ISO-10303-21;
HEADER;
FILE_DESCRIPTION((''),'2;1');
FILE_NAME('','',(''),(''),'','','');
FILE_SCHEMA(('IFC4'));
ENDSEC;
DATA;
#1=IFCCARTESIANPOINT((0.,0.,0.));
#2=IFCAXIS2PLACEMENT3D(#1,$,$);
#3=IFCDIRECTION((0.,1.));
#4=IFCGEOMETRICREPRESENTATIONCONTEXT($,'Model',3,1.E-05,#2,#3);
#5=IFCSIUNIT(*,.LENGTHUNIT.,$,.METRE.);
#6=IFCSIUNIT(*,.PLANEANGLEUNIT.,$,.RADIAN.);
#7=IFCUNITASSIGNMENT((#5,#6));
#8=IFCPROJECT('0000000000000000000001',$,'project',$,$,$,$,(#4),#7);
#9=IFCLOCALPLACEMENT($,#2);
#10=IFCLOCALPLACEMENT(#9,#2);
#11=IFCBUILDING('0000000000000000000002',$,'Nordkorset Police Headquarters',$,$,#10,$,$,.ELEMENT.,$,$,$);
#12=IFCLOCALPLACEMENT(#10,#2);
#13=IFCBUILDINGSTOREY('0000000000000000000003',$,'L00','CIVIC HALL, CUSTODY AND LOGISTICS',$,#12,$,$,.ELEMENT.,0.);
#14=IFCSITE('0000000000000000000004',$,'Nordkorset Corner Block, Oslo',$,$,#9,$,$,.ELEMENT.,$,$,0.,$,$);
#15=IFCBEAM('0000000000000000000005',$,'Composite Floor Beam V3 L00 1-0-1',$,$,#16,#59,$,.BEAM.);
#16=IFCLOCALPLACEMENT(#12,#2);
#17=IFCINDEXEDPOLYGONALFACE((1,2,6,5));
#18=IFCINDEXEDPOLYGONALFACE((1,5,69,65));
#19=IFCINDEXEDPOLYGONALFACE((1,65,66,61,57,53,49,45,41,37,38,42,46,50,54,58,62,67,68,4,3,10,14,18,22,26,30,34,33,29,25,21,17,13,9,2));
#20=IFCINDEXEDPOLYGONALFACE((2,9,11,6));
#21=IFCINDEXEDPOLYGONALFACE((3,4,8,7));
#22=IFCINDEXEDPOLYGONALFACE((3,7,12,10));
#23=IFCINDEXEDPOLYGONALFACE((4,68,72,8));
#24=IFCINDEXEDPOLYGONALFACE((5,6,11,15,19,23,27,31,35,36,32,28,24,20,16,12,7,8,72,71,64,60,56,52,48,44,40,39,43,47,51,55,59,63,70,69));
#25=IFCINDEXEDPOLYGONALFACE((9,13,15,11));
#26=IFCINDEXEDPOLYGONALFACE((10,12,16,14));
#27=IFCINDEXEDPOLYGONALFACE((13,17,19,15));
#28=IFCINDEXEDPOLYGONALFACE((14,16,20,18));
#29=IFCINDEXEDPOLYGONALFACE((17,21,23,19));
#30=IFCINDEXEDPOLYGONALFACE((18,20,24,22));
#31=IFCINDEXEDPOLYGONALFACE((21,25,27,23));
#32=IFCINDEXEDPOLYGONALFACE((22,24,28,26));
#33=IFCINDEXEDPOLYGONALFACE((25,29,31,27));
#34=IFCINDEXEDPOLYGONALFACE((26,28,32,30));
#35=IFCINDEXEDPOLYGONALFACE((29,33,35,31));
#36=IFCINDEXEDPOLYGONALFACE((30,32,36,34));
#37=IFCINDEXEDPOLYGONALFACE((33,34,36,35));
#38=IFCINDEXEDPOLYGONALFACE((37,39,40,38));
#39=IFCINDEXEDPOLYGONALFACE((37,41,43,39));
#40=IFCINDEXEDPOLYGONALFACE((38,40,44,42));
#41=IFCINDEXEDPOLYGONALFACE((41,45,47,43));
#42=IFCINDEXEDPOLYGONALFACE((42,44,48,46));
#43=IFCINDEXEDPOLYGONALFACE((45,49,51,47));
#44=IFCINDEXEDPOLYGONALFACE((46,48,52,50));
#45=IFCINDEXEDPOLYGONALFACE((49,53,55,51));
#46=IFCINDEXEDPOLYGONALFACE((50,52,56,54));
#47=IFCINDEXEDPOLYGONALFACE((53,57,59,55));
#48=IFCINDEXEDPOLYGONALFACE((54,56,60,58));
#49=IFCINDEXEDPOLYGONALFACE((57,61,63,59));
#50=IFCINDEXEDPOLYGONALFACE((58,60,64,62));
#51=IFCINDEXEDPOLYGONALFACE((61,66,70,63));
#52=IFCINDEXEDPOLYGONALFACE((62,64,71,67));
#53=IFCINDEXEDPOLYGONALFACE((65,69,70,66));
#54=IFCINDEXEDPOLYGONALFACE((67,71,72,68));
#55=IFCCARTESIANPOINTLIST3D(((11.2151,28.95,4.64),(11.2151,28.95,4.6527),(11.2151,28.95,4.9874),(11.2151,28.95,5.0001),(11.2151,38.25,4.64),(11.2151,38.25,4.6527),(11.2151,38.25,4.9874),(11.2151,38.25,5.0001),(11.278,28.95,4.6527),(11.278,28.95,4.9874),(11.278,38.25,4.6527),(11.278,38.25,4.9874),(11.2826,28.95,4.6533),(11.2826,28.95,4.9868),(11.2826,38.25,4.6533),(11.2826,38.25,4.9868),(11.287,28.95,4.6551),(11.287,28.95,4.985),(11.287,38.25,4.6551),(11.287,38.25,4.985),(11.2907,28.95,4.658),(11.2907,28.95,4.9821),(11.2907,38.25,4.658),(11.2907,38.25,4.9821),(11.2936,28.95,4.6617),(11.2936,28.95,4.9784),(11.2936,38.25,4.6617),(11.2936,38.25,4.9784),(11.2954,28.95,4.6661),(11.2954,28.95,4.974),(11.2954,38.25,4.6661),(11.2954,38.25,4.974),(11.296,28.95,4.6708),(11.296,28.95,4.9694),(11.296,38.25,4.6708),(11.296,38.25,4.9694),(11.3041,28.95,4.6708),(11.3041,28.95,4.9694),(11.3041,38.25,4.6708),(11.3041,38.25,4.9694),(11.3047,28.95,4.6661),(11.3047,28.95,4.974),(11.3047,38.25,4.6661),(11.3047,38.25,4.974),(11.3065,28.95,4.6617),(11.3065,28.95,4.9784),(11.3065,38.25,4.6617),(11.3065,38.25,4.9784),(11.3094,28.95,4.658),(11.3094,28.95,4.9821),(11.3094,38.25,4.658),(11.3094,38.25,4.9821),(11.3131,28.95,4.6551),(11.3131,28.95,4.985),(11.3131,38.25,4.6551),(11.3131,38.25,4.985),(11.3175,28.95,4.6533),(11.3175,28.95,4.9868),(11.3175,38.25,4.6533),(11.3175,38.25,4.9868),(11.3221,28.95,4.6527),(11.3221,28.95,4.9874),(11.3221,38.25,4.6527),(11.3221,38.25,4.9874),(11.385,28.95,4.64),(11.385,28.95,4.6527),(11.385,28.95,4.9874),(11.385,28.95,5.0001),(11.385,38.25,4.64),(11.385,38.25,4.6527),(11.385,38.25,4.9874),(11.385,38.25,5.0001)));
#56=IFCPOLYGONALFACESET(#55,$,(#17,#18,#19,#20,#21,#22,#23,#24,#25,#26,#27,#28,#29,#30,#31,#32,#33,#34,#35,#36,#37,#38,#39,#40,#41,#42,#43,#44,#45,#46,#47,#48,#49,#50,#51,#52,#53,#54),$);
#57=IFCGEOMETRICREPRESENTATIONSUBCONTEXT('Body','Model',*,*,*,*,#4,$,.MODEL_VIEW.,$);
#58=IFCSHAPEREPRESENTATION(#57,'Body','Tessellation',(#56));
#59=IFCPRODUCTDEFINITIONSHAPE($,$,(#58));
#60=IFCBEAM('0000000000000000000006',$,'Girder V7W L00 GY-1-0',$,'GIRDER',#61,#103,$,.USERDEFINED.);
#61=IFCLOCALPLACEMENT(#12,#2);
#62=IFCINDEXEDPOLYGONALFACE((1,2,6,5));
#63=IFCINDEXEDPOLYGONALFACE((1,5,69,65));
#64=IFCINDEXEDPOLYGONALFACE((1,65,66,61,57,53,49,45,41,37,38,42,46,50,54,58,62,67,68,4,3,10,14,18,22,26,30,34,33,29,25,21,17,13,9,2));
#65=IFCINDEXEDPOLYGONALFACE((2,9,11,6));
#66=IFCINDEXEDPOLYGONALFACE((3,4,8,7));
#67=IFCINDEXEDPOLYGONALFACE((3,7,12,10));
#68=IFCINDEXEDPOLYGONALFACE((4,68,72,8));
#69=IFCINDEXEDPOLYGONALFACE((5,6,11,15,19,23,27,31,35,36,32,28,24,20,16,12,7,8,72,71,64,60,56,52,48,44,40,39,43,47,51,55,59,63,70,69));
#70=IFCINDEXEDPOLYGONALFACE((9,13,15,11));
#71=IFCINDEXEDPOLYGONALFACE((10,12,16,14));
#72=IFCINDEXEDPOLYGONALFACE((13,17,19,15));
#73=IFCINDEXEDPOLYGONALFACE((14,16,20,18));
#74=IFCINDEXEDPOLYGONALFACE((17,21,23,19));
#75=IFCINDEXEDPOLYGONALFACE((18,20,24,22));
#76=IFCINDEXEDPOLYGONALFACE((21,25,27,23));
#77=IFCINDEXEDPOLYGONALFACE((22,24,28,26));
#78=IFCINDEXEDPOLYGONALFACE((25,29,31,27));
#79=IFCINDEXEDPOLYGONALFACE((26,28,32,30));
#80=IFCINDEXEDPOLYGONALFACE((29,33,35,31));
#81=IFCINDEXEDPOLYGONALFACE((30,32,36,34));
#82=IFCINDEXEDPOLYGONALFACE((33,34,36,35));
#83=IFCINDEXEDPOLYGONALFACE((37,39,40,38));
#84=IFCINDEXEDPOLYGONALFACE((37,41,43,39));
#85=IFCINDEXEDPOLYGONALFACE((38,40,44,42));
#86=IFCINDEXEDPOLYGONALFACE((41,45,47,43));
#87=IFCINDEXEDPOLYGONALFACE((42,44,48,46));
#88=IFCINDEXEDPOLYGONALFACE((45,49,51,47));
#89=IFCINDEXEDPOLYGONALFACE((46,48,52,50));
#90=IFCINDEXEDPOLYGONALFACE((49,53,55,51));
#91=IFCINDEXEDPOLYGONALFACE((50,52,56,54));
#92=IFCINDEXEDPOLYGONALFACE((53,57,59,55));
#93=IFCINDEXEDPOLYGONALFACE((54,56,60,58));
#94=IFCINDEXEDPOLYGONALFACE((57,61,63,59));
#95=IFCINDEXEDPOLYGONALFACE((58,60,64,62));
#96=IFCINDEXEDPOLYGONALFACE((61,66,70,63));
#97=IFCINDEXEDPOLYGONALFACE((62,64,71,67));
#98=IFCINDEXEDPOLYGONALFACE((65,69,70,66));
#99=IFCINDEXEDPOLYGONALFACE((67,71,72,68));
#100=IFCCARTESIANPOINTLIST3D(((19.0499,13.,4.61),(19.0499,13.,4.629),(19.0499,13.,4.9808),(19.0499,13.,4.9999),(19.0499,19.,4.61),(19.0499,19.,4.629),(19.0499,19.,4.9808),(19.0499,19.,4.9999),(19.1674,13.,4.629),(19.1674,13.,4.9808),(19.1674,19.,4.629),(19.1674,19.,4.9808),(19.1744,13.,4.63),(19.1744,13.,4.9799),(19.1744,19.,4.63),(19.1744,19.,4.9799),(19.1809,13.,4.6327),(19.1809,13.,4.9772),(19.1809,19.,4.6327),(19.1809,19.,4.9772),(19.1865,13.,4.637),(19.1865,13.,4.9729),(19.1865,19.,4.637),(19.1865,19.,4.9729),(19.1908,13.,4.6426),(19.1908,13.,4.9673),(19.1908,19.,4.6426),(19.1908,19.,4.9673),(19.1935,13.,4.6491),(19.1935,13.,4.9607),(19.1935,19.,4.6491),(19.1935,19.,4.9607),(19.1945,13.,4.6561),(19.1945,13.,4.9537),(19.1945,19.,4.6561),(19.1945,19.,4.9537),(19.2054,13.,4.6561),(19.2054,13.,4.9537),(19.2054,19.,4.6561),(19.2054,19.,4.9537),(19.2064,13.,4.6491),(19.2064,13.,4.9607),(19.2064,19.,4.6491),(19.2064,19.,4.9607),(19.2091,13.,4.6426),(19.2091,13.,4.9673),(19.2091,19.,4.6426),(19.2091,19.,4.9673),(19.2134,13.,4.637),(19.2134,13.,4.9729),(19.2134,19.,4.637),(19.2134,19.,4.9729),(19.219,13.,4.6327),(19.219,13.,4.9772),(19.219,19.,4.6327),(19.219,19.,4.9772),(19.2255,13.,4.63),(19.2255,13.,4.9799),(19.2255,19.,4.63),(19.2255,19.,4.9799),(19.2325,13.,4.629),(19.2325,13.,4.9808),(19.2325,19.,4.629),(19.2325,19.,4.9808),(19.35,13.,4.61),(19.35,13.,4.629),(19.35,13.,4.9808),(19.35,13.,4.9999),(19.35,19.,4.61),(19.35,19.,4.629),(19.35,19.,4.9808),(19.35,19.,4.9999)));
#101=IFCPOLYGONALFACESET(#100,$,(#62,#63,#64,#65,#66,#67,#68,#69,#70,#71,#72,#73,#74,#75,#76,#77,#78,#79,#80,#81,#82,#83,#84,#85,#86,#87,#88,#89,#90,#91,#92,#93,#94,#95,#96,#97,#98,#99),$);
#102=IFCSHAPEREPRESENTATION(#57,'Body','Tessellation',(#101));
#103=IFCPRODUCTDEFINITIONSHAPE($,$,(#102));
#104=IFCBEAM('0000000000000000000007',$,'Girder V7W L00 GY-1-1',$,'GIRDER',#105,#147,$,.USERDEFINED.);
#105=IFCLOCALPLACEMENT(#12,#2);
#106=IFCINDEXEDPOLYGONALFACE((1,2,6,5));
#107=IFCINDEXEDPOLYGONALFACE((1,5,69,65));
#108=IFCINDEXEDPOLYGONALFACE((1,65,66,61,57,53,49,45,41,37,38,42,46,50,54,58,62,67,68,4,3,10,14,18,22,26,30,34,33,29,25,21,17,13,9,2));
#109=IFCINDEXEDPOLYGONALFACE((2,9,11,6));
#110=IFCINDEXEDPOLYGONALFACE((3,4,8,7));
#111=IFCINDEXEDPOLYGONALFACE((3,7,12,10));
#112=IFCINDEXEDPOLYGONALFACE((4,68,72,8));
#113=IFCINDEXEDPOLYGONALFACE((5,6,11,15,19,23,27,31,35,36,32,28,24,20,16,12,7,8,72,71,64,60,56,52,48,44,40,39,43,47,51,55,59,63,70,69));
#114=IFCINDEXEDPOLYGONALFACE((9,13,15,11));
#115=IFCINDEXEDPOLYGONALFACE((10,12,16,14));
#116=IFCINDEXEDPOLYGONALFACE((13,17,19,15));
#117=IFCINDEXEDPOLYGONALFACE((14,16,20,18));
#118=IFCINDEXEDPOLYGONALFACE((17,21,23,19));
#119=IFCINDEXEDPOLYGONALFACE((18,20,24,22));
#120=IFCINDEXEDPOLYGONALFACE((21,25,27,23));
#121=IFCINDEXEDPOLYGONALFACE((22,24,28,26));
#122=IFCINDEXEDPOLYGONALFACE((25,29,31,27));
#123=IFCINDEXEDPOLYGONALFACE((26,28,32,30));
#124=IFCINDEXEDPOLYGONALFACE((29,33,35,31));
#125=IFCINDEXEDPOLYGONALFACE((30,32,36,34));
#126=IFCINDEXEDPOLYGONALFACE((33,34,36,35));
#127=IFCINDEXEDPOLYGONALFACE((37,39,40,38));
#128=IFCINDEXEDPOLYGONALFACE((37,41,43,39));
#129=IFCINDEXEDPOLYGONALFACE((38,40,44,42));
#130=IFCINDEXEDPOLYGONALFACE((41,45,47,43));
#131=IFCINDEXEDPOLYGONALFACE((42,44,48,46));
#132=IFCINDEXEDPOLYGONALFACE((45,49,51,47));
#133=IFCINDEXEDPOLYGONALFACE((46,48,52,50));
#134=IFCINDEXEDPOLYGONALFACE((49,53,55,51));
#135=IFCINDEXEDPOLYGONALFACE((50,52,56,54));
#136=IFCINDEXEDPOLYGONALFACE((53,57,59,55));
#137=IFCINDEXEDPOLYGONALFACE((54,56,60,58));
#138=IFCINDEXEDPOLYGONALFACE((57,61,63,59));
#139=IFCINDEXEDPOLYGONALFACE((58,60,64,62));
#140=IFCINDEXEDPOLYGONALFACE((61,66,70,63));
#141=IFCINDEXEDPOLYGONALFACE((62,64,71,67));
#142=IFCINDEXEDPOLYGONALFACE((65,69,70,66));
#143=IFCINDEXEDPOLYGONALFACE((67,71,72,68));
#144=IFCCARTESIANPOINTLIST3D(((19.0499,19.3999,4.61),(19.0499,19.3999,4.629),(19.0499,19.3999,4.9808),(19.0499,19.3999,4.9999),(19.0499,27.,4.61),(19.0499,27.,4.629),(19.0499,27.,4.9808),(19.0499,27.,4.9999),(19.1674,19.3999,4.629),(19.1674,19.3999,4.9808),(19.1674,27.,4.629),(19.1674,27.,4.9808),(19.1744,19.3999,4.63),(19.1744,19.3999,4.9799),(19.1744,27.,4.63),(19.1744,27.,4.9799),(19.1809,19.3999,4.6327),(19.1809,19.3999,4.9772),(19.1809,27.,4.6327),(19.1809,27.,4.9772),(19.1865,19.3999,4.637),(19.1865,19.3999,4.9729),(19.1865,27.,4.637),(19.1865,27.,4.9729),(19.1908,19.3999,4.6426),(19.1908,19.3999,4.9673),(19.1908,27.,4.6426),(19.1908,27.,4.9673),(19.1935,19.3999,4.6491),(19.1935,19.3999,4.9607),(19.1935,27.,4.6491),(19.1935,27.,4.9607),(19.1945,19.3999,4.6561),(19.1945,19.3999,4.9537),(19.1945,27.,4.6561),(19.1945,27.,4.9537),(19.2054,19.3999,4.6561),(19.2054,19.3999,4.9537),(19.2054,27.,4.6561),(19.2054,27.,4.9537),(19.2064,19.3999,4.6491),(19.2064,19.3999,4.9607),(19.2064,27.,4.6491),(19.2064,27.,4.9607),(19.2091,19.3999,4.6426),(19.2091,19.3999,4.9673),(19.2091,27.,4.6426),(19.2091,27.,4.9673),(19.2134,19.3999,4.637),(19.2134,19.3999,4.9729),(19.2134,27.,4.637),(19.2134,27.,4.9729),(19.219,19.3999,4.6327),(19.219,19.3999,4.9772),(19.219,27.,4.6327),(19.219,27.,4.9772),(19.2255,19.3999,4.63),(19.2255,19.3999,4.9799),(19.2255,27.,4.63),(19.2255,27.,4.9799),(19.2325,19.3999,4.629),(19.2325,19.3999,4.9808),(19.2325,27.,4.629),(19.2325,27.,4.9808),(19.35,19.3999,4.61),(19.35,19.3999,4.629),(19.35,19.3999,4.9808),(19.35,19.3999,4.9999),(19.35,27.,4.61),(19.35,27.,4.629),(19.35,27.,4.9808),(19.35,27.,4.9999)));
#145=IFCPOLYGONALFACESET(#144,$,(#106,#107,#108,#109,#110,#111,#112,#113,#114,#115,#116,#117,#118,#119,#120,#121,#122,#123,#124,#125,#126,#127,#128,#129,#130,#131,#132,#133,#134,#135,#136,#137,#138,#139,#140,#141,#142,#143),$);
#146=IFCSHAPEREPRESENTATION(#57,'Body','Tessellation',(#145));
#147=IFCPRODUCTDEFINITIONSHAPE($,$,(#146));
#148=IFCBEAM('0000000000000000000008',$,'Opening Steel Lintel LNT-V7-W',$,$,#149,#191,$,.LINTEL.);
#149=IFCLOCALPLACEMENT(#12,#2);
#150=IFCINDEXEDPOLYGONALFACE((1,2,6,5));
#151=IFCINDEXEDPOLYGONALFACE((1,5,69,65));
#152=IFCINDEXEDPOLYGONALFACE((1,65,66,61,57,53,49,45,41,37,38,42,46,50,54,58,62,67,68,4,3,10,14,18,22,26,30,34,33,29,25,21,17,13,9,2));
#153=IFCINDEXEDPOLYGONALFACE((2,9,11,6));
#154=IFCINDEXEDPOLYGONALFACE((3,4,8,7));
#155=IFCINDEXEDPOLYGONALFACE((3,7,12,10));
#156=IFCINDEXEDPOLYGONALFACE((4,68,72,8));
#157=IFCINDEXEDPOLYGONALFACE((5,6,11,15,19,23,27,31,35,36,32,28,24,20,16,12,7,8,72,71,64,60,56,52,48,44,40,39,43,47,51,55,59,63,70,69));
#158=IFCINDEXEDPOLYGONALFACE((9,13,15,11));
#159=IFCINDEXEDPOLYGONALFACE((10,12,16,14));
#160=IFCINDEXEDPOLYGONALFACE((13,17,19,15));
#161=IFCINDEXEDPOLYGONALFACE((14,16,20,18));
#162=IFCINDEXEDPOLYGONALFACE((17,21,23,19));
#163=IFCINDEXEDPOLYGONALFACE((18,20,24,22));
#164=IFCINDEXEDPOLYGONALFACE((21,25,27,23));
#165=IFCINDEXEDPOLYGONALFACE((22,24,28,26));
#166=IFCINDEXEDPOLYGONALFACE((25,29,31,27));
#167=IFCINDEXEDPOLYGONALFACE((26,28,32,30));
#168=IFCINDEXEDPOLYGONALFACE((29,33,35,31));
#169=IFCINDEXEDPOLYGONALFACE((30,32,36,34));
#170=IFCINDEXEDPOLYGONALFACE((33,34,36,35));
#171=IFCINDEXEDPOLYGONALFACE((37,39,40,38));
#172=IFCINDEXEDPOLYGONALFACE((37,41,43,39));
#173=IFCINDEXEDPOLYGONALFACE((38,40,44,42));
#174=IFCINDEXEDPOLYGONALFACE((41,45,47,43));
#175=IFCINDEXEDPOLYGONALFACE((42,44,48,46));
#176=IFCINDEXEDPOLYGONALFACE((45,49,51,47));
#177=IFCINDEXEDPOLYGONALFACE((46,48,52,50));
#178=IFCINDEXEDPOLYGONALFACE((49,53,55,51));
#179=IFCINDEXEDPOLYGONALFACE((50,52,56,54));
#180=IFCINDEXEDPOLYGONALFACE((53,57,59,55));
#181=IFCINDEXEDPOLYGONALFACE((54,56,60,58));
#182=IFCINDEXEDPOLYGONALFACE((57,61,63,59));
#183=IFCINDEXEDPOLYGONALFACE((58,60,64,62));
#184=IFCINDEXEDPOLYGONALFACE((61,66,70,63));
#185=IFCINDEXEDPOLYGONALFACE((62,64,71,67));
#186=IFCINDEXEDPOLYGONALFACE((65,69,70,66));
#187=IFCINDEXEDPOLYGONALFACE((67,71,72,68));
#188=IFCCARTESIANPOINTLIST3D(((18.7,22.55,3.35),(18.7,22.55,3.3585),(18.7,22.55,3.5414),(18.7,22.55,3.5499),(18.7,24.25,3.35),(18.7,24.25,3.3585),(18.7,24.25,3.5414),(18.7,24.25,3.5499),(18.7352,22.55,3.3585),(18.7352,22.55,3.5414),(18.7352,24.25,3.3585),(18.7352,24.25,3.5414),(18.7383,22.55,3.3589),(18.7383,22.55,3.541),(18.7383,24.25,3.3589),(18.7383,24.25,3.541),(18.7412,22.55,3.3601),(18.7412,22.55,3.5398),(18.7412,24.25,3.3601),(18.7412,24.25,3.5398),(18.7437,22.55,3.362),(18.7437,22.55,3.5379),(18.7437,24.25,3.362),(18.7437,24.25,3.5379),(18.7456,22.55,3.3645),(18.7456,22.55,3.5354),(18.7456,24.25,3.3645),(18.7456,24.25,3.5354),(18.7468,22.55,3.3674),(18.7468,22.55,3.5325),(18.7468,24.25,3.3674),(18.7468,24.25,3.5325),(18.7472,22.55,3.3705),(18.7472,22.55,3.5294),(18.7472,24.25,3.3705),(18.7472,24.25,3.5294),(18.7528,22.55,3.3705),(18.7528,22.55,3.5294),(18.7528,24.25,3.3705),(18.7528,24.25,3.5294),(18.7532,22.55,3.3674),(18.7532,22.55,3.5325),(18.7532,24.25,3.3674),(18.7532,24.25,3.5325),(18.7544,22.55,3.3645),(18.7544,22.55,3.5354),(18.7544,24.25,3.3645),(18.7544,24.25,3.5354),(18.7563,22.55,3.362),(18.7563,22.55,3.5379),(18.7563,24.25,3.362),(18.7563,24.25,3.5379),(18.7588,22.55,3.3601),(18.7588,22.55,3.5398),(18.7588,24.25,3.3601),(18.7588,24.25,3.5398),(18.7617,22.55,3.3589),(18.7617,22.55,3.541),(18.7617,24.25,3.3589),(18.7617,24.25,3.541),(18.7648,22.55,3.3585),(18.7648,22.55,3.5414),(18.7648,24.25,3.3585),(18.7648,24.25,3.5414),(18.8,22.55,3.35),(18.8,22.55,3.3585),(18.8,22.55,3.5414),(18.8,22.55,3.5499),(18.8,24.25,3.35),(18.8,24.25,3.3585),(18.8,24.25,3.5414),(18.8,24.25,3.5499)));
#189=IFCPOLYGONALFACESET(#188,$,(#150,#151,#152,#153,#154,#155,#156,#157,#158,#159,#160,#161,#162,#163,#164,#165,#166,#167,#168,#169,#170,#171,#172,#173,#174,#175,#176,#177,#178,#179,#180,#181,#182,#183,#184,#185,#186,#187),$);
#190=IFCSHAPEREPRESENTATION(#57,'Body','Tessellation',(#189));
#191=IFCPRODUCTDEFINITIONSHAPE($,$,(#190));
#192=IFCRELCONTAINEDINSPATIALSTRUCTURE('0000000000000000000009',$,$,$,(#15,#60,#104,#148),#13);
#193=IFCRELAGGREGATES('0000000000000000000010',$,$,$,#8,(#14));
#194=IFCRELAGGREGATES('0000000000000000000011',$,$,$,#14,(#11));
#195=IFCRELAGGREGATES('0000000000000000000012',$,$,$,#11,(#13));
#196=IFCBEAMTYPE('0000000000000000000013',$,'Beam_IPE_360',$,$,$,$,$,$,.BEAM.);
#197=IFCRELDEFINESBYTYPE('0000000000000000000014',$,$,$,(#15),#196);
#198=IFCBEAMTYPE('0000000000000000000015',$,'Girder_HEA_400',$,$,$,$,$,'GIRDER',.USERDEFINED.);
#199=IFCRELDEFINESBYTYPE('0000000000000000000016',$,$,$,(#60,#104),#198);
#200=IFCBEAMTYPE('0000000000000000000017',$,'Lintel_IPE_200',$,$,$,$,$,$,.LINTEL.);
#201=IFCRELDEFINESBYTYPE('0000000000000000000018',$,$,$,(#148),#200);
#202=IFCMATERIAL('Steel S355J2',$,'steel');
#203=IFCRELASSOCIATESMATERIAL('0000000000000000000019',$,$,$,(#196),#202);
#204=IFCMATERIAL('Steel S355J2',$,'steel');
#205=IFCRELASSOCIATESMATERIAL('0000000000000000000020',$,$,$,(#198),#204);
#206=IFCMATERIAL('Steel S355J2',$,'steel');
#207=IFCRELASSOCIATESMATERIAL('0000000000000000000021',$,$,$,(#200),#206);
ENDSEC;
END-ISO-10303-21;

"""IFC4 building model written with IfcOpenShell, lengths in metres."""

from ifc_helpers import new_model, si_unit, direction, frame, origin, origin_2d, place, context, subcontext, project, spatial, i_section, extrude, material, material_profile, profile_set, type_object, element, save


model = new_model("IFC4")

# Units and contexts
model_context = context("Model", 3, precision=1e-05, world=origin(), true_north=direction((0.0, 1.0)))
body_context = subcontext(model_context, "Body", "Model", "MODEL_VIEW")
ifc_project = project(units=[si_unit("LENGTHUNIT", "METRE"), si_unit("PLANEANGLEUNIT", "RADIAN")], contexts=[model_context])

# Site, building, storey
site_placement = place(None, origin())
site = spatial("IfcSite", under=ifc_project, at=site_placement, Name="Nordkorset Corner Block, Oslo", CompositionType="ELEMENT", RefElevation=0.0)
building_placement = place(site_placement, origin())
building = spatial("IfcBuilding", under=site, at=building_placement, Name="Nordkorset Police Headquarters", CompositionType="ELEMENT")
storey_placement = place(building_placement, origin())
storey = spatial("IfcBuildingStorey", under=building, at=storey_placement, Name="L00", Description="CIVIC HALL, CUSTODY AND LOGISTICS", CompositionType="ELEMENT", Elevation=0.0)

# Beams
ifc_material_1 = material(Name="Steel S355J2", Category="steel")
ifc_material_profile_1 = material_profile(ifc_material_1, i_section(OverallWidth=0.1699, OverallDepth=0.3601, WebThickness=0.0081, FlangeThickness=0.0127, FilletRadius=0.0181, at=origin_2d()), Name="IPE 360")
ifc_profile_set_1 = profile_set([ifc_material_profile_1], Name="Steel S355J2")
beam_type_1 = type_object("IfcBeamType", Name="Beam_IPE_360", PredefinedType="BEAM", material=ifc_profile_set_1)
beam_1_placement = place(storey_placement, frame((11.3, 28.95, 4.8201), z_axis=(0.0, 1.0, 0.0), x_axis=(-1.0, 0.0, 0.0)))
element("IfcBeam", 1, at=beam_1_placement, inside=storey, type_object=beam_type_1, Name="Composite Floor Beam V3 L00 1-0-1", PredefinedType="BEAM", context=body_context, shape_type="SweptSolid", body=[
    extrude(i_section(OverallWidth=0.1699, OverallDepth=0.3601, WebThickness=0.0081, FlangeThickness=0.0127, FilletRadius=0.0181, at=origin_2d()), origin(), (0.0, 0.0, 1.0), 9.3),
])
ifc_material_2 = material(Name="Steel S355J2", Category="steel")
ifc_material_profile_2 = material_profile(ifc_material_2, i_section(OverallWidth=0.3, OverallDepth=0.3899, WebThickness=0.011, FlangeThickness=0.019, FilletRadius=0.0271, at=origin_2d()), Name="HEA 400")
ifc_profile_set_2 = profile_set([ifc_material_profile_2], Name="Steel S355J2")
beam_type_2 = type_object("IfcBeamType", Name="Girder_HEA_400", ElementType="GIRDER", PredefinedType="USERDEFINED", material=ifc_profile_set_2)
beam_2_placement = place(storey_placement, frame((19.2, 13.0, 4.8049), z_axis=(0.0, 1.0, 0.0), x_axis=(-1.0, 0.0, 0.0)))
element("IfcBeam", 2, at=beam_2_placement, inside=storey, type_object=beam_type_2, Name="Girder V7W L00 GY-1-0", ObjectType="GIRDER", PredefinedType="USERDEFINED", context=body_context, shape_type="SweptSolid", body=[
    extrude(i_section(OverallWidth=0.3, OverallDepth=0.3899, WebThickness=0.011, FlangeThickness=0.019, FilletRadius=0.0271, at=origin_2d()), origin(), (0.0, 0.0, 1.0), 6.0),
])
beam_3_placement = place(storey_placement, frame((19.2, 19.3999, 4.8049), z_axis=(0.0, 1.0, 0.0), x_axis=(-1.0, 0.0, 0.0)))
element("IfcBeam", 3, at=beam_3_placement, inside=storey, type_object=beam_type_2, Name="Girder V7W L00 GY-1-1", ObjectType="GIRDER", PredefinedType="USERDEFINED", context=body_context, shape_type="SweptSolid", body=[
    extrude(i_section(OverallWidth=0.3, OverallDepth=0.3899, WebThickness=0.011, FlangeThickness=0.019, FilletRadius=0.0271, at=origin_2d()), origin(), (0.0, 0.0, 1.0), 7.6001),
])
ifc_material_3 = material(Name="Steel S355J2", Category="steel")
ifc_material_profile_3 = material_profile(ifc_material_3, i_section(OverallWidth=0.1001, OverallDepth=0.2, WebThickness=0.0056, FlangeThickness=0.0085, FilletRadius=0.012, at=origin_2d()), Name="IPE 200")
ifc_profile_set_3 = profile_set([ifc_material_profile_3], Name="Steel S355J2")
beam_type_3 = type_object("IfcBeamType", Name="Lintel_IPE_200", PredefinedType="LINTEL", material=ifc_profile_set_3)
beam_4_placement = place(storey_placement, frame((18.75, 22.55, 3.45), z_axis=(0.0, 1.0, 0.0), x_axis=(-1.0, 0.0, 0.0)))
element("IfcBeam", 4, at=beam_4_placement, inside=storey, type_object=beam_type_3, Name="Opening Steel Lintel LNT-V7-W", PredefinedType="LINTEL", context=body_context, shape_type="SweptSolid", body=[
    extrude(i_section(OverallWidth=0.1001, OverallDepth=0.2, WebThickness=0.0056, FlangeThickness=0.0085, FilletRadius=0.012, at=origin_2d()), origin(), (0.0, 0.0, 1.0), 1.7),
])

save(model, "model.ifc")
